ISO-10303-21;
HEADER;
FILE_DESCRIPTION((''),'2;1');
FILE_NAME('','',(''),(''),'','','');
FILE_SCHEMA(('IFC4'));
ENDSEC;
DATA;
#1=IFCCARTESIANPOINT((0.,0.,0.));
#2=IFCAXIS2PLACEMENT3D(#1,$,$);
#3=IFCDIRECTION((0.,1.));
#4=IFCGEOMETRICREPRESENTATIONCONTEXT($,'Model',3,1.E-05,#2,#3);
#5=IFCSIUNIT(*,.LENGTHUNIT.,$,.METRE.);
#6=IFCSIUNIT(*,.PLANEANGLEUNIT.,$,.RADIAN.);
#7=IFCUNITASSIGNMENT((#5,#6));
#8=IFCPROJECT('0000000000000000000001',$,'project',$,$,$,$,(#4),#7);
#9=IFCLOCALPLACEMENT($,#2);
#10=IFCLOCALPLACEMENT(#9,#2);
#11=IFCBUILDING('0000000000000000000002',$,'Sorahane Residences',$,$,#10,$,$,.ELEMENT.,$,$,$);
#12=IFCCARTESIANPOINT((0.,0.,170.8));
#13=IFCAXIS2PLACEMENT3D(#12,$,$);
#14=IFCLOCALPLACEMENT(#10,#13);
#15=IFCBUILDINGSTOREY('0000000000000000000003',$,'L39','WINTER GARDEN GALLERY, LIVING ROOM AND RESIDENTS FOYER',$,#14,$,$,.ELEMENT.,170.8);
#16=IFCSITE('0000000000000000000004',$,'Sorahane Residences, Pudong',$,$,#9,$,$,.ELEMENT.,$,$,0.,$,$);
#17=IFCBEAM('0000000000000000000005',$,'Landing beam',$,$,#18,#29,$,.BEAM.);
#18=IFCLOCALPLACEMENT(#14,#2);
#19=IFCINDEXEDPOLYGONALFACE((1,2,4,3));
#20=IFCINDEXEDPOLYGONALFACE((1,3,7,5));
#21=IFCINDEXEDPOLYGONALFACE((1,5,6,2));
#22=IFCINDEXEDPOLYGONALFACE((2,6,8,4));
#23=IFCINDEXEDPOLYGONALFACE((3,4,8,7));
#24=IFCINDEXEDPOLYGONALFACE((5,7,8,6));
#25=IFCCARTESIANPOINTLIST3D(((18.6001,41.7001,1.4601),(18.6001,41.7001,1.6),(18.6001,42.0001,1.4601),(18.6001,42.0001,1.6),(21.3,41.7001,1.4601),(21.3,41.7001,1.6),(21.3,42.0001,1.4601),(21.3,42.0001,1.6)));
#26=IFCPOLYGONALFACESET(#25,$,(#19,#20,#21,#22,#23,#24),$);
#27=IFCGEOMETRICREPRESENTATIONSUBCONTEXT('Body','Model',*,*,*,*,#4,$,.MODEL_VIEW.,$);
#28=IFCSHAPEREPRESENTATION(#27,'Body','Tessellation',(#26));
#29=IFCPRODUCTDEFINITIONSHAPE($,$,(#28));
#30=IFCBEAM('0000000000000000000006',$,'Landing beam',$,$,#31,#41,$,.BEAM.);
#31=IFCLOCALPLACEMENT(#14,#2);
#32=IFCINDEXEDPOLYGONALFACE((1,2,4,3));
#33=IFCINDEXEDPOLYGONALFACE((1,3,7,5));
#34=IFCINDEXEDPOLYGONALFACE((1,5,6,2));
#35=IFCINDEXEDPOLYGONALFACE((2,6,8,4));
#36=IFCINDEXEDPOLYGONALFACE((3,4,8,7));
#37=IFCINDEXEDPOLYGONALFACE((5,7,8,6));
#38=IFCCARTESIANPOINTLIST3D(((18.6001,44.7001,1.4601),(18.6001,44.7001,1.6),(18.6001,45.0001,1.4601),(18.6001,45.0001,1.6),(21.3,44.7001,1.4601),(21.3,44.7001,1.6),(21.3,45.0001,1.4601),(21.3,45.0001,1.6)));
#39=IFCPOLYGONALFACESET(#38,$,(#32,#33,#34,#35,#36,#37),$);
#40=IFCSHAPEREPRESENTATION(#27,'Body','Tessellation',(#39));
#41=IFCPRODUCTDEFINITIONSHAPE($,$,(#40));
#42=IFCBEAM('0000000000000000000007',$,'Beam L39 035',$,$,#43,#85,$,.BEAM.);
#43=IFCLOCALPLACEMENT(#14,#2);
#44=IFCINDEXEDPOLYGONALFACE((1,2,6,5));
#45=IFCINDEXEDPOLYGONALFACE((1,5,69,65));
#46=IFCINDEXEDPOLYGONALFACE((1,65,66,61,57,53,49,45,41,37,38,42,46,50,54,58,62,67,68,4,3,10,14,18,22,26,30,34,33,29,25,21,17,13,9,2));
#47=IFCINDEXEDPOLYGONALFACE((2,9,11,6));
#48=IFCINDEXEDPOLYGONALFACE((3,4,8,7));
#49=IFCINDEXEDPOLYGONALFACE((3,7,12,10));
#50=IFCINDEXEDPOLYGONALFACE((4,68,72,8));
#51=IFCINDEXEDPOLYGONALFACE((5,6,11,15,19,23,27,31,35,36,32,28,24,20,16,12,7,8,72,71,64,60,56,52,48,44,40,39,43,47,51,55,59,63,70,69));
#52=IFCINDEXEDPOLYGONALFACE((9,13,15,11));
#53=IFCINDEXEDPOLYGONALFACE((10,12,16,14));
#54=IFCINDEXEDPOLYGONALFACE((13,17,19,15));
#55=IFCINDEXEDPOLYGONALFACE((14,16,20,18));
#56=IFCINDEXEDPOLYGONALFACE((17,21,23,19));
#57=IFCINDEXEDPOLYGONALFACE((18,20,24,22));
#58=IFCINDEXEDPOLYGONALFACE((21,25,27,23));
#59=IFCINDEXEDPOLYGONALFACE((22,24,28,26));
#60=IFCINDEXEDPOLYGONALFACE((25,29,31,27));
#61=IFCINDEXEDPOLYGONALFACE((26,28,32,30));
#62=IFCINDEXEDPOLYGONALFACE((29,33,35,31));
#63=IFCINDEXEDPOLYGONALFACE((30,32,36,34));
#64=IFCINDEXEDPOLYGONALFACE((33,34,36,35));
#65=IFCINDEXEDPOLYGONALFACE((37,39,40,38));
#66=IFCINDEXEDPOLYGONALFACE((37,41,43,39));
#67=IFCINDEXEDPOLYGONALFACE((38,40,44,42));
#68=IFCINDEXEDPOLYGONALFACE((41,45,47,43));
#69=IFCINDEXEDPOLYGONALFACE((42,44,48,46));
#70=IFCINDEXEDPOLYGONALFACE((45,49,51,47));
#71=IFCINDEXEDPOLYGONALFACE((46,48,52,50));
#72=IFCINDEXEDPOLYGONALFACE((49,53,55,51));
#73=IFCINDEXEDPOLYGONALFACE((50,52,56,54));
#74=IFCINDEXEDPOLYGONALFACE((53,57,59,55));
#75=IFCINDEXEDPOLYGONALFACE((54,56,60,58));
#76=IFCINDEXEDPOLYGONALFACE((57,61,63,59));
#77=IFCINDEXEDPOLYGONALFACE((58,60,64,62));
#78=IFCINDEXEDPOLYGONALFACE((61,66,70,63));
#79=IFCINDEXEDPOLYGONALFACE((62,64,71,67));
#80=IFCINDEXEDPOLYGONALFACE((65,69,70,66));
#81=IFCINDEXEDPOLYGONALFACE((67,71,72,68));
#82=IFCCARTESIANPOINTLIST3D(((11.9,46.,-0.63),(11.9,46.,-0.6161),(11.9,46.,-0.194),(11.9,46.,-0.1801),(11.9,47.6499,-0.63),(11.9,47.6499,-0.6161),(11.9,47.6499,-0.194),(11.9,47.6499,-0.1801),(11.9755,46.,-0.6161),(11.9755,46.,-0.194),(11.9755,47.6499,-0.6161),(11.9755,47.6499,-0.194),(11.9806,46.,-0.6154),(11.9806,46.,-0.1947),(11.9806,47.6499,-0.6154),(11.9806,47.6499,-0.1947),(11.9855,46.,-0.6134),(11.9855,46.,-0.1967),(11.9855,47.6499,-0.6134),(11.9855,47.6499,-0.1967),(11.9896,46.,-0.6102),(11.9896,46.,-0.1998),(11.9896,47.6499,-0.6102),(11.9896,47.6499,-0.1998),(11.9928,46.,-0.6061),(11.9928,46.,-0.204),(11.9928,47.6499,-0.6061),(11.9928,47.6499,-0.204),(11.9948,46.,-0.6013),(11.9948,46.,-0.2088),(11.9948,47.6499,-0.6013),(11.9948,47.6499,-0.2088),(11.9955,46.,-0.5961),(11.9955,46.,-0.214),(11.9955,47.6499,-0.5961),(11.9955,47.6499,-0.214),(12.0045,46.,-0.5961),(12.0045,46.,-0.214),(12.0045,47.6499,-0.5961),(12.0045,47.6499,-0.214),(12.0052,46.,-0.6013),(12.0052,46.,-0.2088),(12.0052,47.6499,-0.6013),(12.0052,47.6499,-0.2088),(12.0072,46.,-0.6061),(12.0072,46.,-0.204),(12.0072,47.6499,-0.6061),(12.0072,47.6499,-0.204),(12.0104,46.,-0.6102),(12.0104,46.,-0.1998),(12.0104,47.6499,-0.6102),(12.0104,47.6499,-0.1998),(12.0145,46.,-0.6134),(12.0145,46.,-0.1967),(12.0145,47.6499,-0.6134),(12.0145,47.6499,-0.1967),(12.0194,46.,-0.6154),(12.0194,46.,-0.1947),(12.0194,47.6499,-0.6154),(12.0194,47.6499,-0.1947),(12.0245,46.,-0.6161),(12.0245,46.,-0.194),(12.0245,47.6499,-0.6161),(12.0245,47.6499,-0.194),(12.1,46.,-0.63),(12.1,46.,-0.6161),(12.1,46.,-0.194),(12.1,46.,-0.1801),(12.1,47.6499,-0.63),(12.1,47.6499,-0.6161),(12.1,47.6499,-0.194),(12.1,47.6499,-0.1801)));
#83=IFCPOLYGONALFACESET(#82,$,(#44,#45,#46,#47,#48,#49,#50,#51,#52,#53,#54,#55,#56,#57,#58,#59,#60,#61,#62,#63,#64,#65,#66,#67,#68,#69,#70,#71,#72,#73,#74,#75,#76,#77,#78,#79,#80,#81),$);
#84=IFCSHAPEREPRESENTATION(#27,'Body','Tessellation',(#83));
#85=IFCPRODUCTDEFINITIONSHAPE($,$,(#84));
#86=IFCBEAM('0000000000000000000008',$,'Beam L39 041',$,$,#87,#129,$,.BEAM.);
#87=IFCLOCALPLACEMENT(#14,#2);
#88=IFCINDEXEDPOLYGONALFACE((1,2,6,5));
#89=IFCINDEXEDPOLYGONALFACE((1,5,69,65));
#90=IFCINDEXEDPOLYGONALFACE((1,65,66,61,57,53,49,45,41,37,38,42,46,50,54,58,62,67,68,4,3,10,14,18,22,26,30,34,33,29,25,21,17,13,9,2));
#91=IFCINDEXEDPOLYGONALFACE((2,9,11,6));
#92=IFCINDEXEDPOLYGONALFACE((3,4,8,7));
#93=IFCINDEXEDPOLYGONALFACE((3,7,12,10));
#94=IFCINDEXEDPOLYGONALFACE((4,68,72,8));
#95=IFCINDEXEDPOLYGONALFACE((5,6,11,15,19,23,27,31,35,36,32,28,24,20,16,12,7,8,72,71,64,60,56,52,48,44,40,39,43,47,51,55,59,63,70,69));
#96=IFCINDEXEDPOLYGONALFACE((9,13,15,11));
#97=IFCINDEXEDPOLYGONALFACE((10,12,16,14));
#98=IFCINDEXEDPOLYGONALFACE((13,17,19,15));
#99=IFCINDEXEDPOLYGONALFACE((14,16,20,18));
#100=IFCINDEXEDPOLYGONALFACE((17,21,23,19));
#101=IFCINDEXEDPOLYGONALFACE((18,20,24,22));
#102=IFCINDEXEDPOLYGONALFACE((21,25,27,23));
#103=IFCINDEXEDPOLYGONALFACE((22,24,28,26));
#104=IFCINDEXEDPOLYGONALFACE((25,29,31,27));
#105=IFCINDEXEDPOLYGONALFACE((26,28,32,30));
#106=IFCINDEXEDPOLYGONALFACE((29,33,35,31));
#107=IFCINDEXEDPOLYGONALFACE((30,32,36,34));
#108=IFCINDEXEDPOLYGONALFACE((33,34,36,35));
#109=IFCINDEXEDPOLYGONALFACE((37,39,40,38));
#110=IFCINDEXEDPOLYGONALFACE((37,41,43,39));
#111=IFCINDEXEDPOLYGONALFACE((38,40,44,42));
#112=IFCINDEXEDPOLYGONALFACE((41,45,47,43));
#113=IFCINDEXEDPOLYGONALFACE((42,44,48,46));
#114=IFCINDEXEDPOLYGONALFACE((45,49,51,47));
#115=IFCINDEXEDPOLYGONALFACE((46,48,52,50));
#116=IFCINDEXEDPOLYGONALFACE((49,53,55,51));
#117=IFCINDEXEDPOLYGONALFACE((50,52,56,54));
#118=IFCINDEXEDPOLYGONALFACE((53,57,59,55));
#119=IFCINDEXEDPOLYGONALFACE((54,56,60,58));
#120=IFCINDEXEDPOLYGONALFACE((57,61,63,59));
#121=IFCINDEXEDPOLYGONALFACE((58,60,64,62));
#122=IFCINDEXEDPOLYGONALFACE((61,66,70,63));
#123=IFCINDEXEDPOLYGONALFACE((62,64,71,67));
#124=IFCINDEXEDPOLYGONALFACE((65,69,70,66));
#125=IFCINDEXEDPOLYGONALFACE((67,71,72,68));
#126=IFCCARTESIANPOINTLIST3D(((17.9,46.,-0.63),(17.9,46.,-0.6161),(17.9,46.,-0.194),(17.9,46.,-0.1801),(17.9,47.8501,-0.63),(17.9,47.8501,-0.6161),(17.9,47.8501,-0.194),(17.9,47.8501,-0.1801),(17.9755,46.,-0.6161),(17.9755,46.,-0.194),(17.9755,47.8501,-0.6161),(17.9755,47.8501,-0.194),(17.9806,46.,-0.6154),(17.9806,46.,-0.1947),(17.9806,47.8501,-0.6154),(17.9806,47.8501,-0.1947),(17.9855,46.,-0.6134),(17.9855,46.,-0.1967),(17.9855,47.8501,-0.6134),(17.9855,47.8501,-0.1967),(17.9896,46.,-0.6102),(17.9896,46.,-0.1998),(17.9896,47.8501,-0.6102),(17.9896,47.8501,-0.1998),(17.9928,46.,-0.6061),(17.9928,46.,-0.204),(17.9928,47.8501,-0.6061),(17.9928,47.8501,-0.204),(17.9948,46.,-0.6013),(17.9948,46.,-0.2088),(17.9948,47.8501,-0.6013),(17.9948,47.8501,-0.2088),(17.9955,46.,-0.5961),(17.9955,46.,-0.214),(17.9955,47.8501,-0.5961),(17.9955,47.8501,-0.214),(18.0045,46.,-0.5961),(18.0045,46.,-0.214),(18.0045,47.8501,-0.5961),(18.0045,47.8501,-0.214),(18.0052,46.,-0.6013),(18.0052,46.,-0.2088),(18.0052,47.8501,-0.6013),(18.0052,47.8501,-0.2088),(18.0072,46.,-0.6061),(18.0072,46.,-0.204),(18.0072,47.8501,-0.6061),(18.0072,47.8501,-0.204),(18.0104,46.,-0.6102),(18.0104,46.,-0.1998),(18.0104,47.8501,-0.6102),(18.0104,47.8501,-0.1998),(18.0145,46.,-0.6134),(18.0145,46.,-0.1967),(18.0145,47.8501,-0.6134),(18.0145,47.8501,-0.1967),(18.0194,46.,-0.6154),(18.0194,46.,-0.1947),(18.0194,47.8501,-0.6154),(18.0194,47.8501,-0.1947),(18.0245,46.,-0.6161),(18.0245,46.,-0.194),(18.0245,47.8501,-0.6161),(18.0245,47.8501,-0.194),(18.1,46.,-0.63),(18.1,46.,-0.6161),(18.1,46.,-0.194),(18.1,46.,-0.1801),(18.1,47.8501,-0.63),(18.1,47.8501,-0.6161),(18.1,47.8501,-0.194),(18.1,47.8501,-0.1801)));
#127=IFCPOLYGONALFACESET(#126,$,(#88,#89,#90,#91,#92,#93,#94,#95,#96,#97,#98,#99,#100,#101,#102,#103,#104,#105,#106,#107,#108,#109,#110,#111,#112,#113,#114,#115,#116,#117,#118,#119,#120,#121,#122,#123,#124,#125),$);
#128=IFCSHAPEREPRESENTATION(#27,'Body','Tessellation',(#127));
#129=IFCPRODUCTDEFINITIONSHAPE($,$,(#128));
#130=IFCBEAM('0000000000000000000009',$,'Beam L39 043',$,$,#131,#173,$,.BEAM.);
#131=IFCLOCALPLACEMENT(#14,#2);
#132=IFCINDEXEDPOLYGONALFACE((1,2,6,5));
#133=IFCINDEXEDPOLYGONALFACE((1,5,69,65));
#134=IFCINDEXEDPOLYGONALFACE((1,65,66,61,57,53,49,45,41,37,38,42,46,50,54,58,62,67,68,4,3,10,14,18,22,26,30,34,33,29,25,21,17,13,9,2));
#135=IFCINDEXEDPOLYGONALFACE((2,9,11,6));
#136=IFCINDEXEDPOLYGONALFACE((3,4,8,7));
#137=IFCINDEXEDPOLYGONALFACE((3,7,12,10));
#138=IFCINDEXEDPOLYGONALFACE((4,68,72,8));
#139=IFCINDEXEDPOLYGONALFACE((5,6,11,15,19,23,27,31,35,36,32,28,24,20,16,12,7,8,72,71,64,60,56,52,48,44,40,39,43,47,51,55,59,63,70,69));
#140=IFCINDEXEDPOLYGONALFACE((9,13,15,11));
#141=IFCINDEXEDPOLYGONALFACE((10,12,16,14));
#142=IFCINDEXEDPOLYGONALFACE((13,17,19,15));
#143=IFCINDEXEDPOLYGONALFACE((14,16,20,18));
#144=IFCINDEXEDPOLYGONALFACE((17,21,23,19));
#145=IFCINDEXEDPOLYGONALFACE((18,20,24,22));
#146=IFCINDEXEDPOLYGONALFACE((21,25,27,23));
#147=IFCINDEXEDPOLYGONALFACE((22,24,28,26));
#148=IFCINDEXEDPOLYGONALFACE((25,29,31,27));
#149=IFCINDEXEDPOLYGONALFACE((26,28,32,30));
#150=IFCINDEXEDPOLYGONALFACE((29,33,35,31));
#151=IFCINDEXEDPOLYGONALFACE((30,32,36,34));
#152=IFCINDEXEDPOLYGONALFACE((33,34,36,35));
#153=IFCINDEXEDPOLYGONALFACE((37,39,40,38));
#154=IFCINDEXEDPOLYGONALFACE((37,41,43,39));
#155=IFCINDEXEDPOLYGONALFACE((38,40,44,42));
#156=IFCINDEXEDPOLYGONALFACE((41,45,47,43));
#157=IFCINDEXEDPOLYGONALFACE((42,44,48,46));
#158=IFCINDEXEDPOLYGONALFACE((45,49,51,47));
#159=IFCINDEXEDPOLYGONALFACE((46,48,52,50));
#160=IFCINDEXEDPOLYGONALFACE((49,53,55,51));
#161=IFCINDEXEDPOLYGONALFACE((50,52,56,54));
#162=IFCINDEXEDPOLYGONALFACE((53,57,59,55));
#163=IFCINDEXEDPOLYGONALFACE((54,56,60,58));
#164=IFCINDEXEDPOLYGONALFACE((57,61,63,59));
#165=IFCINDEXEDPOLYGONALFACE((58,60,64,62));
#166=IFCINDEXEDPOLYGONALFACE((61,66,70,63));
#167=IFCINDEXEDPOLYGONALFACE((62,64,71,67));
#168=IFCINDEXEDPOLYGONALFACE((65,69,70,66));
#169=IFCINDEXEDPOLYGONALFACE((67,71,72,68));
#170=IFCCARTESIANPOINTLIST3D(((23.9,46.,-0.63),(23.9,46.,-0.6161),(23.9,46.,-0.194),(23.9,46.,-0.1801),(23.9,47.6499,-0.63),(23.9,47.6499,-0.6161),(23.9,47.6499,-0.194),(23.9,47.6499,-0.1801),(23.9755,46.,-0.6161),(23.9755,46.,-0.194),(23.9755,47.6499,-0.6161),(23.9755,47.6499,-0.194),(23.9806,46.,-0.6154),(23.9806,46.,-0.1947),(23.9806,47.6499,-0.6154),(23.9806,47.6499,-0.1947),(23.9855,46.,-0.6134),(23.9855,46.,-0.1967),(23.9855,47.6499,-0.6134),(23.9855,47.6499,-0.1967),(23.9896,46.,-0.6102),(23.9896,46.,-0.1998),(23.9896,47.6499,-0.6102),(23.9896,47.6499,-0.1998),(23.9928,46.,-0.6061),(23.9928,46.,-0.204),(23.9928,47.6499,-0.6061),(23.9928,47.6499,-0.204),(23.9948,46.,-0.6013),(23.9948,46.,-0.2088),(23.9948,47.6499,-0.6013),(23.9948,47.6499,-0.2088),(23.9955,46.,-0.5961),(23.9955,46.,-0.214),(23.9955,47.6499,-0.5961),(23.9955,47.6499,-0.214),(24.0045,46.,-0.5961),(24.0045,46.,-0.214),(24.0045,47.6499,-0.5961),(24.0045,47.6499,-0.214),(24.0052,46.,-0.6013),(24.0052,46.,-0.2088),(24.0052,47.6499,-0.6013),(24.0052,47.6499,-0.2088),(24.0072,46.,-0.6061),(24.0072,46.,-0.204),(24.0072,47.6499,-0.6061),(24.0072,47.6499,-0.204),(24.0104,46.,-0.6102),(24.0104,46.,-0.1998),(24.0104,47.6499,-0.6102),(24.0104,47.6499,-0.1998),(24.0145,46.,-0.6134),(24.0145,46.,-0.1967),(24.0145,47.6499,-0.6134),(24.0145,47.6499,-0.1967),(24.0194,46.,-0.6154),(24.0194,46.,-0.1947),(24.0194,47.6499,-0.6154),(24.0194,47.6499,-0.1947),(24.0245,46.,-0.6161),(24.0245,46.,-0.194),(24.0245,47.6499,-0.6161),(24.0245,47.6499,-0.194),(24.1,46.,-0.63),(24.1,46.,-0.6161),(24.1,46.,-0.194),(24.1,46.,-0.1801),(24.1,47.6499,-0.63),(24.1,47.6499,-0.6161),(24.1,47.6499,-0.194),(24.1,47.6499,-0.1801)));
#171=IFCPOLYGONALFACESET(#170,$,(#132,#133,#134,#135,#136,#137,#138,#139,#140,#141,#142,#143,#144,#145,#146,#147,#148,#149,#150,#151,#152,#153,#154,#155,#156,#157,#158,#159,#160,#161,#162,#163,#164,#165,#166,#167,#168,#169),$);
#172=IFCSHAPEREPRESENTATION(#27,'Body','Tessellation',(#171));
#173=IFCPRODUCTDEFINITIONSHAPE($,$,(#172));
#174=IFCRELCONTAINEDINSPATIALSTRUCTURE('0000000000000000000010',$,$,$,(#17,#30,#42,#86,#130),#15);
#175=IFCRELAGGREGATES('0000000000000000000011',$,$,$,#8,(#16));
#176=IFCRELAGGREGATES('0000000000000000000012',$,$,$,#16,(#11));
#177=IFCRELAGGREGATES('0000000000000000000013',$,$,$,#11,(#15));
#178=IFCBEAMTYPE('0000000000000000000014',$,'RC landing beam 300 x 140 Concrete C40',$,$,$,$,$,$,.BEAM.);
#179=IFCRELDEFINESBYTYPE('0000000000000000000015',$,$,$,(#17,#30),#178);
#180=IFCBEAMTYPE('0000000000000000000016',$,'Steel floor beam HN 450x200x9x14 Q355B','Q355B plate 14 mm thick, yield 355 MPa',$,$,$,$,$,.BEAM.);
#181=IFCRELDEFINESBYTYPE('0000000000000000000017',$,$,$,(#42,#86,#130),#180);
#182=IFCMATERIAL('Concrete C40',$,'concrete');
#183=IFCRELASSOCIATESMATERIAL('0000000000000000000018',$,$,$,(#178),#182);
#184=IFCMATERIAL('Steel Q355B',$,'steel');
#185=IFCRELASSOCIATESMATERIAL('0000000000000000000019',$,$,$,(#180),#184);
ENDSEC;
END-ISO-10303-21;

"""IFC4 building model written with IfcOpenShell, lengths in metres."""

from ifc_helpers import new_model, si_unit, direction, frame, origin, origin_2d, place, context, subcontext, project, spatial, rectangle, i_section, extrude, material, material_profile, profile_set, type_object, element, save


model = new_model("IFC4")

# Units and contexts
model_context = context("Model", 3, precision=1e-05, world=origin(), true_north=direction((0.0, 1.0)))
body_context = subcontext(model_context, "Body", "Model", "MODEL_VIEW")
ifc_project = project(units=[si_unit("LENGTHUNIT", "METRE"), si_unit("PLANEANGLEUNIT", "RADIAN")], contexts=[model_context])

# Site, building, storey
site_placement = place(None, origin())
site = spatial("IfcSite", under=ifc_project, at=site_placement, Name="Sorahane Residences, Pudong", CompositionType="ELEMENT", RefElevation=0.0)
building_placement = place(site_placement, origin())
building = spatial("IfcBuilding", under=site, at=building_placement, Name="Sorahane Residences", CompositionType="ELEMENT")
storey_placement = place(building_placement, frame((0.0, 0.0, 170.8)))
storey = spatial("IfcBuildingStorey", under=building, at=storey_placement, Name="L39", Description="WINTER GARDEN GALLERY, LIVING ROOM AND RESIDENTS FOYER", CompositionType="ELEMENT", Elevation=170.8)

# Beams
ifc_material_1 = material(Name="Concrete C40", Category="concrete")
ifc_material_profile_1 = material_profile(ifc_material_1, rectangle(XDim=0.3, YDim=0.1399, at=origin_2d()), Name="300x140")
ifc_profile_set_1 = profile_set([ifc_material_profile_1], Name="Concrete C40")
beam_type_1 = type_object("IfcBeamType", Name="RC landing beam 300 x 140 Concrete C40", PredefinedType="BEAM", material=ifc_profile_set_1)
for number, where, z_axis, x_axis, name in (
    (1, (18.6001, 41.8501, 1.53), (1.0, 0.0, 0.0), (0.0, 1.0, 0.0), "Landing beam"),
    (2, (18.6001, 44.8501, 1.53), (1.0, 0.0, 0.0), (0.0, 1.0, 0.0), "Landing beam"),
):
    element("IfcBeam", number, at=place(storey_placement, frame(where, z_axis=z_axis, x_axis=x_axis)), inside=storey, type_object=beam_type_1, Name=name, PredefinedType="BEAM", context=body_context, shape_type="SweptSolid", body=[
        extrude(rectangle(XDim=0.3, YDim=0.1399, at=origin_2d()), origin(), (0.0, 0.0, 1.0), 2.7),
    ])
ifc_material_2 = material(Name="Steel Q355B", Category="steel")
ifc_material_profile_2 = material_profile(ifc_material_2, i_section(OverallWidth=0.2, OverallDepth=0.45, WebThickness=0.009, FlangeThickness=0.0139, FilletRadius=0.02, at=origin_2d()), Name="HN 450x200x9x14")
ifc_profile_set_2 = profile_set([ifc_material_profile_2], Name="Steel Q355B")
beam_type_2 = type_object("IfcBeamType", Name="Steel floor beam HN 450x200x9x14 Q355B", Description="Q355B plate 14 mm thick, yield 355 MPa", PredefinedType="BEAM", material=ifc_profile_set_2)
beam_1_placement = place(storey_placement, frame((12.0, 46.0, -0.405), z_axis=(0.0, 1.0, 0.0), x_axis=(-1.0, 0.0, 0.0)))
element("IfcBeam", 3, at=beam_1_placement, inside=storey, type_object=beam_type_2, Name="Beam L39 035", PredefinedType="BEAM", context=body_context, shape_type="SweptSolid", body=[
    extrude(i_section(OverallWidth=0.2, OverallDepth=0.45, WebThickness=0.009, FlangeThickness=0.0139, FilletRadius=0.02, at=origin_2d()), origin(), (0.0, 0.0, 1.0), 1.6499),
])
beam_2_placement = place(storey_placement, frame((18.0, 46.0, -0.405), z_axis=(0.0, 1.0, 0.0), x_axis=(-1.0, 0.0, 0.0)))
element("IfcBeam", 4, at=beam_2_placement, inside=storey, type_object=beam_type_2, Name="Beam L39 041", PredefinedType="BEAM", context=body_context, shape_type="SweptSolid", body=[
    extrude(i_section(OverallWidth=0.2, OverallDepth=0.45, WebThickness=0.009, FlangeThickness=0.0139, FilletRadius=0.02, at=origin_2d()), origin(), (0.0, 0.0, 1.0), 1.8501),
])
beam_3_placement = place(storey_placement, frame((24.0, 46.0, -0.405), z_axis=(0.0, 1.0, 0.0), x_axis=(-1.0, 0.0, 0.0)))
element("IfcBeam", 5, at=beam_3_placement, inside=storey, type_object=beam_type_2, Name="Beam L39 043", PredefinedType="BEAM", context=body_context, shape_type="SweptSolid", body=[
    extrude(i_section(OverallWidth=0.2, OverallDepth=0.45, WebThickness=0.009, FlangeThickness=0.0139, FilletRadius=0.02, at=origin_2d()), origin(), (0.0, 0.0, 1.0), 1.6499),
])

save(model, "model.ifc")
